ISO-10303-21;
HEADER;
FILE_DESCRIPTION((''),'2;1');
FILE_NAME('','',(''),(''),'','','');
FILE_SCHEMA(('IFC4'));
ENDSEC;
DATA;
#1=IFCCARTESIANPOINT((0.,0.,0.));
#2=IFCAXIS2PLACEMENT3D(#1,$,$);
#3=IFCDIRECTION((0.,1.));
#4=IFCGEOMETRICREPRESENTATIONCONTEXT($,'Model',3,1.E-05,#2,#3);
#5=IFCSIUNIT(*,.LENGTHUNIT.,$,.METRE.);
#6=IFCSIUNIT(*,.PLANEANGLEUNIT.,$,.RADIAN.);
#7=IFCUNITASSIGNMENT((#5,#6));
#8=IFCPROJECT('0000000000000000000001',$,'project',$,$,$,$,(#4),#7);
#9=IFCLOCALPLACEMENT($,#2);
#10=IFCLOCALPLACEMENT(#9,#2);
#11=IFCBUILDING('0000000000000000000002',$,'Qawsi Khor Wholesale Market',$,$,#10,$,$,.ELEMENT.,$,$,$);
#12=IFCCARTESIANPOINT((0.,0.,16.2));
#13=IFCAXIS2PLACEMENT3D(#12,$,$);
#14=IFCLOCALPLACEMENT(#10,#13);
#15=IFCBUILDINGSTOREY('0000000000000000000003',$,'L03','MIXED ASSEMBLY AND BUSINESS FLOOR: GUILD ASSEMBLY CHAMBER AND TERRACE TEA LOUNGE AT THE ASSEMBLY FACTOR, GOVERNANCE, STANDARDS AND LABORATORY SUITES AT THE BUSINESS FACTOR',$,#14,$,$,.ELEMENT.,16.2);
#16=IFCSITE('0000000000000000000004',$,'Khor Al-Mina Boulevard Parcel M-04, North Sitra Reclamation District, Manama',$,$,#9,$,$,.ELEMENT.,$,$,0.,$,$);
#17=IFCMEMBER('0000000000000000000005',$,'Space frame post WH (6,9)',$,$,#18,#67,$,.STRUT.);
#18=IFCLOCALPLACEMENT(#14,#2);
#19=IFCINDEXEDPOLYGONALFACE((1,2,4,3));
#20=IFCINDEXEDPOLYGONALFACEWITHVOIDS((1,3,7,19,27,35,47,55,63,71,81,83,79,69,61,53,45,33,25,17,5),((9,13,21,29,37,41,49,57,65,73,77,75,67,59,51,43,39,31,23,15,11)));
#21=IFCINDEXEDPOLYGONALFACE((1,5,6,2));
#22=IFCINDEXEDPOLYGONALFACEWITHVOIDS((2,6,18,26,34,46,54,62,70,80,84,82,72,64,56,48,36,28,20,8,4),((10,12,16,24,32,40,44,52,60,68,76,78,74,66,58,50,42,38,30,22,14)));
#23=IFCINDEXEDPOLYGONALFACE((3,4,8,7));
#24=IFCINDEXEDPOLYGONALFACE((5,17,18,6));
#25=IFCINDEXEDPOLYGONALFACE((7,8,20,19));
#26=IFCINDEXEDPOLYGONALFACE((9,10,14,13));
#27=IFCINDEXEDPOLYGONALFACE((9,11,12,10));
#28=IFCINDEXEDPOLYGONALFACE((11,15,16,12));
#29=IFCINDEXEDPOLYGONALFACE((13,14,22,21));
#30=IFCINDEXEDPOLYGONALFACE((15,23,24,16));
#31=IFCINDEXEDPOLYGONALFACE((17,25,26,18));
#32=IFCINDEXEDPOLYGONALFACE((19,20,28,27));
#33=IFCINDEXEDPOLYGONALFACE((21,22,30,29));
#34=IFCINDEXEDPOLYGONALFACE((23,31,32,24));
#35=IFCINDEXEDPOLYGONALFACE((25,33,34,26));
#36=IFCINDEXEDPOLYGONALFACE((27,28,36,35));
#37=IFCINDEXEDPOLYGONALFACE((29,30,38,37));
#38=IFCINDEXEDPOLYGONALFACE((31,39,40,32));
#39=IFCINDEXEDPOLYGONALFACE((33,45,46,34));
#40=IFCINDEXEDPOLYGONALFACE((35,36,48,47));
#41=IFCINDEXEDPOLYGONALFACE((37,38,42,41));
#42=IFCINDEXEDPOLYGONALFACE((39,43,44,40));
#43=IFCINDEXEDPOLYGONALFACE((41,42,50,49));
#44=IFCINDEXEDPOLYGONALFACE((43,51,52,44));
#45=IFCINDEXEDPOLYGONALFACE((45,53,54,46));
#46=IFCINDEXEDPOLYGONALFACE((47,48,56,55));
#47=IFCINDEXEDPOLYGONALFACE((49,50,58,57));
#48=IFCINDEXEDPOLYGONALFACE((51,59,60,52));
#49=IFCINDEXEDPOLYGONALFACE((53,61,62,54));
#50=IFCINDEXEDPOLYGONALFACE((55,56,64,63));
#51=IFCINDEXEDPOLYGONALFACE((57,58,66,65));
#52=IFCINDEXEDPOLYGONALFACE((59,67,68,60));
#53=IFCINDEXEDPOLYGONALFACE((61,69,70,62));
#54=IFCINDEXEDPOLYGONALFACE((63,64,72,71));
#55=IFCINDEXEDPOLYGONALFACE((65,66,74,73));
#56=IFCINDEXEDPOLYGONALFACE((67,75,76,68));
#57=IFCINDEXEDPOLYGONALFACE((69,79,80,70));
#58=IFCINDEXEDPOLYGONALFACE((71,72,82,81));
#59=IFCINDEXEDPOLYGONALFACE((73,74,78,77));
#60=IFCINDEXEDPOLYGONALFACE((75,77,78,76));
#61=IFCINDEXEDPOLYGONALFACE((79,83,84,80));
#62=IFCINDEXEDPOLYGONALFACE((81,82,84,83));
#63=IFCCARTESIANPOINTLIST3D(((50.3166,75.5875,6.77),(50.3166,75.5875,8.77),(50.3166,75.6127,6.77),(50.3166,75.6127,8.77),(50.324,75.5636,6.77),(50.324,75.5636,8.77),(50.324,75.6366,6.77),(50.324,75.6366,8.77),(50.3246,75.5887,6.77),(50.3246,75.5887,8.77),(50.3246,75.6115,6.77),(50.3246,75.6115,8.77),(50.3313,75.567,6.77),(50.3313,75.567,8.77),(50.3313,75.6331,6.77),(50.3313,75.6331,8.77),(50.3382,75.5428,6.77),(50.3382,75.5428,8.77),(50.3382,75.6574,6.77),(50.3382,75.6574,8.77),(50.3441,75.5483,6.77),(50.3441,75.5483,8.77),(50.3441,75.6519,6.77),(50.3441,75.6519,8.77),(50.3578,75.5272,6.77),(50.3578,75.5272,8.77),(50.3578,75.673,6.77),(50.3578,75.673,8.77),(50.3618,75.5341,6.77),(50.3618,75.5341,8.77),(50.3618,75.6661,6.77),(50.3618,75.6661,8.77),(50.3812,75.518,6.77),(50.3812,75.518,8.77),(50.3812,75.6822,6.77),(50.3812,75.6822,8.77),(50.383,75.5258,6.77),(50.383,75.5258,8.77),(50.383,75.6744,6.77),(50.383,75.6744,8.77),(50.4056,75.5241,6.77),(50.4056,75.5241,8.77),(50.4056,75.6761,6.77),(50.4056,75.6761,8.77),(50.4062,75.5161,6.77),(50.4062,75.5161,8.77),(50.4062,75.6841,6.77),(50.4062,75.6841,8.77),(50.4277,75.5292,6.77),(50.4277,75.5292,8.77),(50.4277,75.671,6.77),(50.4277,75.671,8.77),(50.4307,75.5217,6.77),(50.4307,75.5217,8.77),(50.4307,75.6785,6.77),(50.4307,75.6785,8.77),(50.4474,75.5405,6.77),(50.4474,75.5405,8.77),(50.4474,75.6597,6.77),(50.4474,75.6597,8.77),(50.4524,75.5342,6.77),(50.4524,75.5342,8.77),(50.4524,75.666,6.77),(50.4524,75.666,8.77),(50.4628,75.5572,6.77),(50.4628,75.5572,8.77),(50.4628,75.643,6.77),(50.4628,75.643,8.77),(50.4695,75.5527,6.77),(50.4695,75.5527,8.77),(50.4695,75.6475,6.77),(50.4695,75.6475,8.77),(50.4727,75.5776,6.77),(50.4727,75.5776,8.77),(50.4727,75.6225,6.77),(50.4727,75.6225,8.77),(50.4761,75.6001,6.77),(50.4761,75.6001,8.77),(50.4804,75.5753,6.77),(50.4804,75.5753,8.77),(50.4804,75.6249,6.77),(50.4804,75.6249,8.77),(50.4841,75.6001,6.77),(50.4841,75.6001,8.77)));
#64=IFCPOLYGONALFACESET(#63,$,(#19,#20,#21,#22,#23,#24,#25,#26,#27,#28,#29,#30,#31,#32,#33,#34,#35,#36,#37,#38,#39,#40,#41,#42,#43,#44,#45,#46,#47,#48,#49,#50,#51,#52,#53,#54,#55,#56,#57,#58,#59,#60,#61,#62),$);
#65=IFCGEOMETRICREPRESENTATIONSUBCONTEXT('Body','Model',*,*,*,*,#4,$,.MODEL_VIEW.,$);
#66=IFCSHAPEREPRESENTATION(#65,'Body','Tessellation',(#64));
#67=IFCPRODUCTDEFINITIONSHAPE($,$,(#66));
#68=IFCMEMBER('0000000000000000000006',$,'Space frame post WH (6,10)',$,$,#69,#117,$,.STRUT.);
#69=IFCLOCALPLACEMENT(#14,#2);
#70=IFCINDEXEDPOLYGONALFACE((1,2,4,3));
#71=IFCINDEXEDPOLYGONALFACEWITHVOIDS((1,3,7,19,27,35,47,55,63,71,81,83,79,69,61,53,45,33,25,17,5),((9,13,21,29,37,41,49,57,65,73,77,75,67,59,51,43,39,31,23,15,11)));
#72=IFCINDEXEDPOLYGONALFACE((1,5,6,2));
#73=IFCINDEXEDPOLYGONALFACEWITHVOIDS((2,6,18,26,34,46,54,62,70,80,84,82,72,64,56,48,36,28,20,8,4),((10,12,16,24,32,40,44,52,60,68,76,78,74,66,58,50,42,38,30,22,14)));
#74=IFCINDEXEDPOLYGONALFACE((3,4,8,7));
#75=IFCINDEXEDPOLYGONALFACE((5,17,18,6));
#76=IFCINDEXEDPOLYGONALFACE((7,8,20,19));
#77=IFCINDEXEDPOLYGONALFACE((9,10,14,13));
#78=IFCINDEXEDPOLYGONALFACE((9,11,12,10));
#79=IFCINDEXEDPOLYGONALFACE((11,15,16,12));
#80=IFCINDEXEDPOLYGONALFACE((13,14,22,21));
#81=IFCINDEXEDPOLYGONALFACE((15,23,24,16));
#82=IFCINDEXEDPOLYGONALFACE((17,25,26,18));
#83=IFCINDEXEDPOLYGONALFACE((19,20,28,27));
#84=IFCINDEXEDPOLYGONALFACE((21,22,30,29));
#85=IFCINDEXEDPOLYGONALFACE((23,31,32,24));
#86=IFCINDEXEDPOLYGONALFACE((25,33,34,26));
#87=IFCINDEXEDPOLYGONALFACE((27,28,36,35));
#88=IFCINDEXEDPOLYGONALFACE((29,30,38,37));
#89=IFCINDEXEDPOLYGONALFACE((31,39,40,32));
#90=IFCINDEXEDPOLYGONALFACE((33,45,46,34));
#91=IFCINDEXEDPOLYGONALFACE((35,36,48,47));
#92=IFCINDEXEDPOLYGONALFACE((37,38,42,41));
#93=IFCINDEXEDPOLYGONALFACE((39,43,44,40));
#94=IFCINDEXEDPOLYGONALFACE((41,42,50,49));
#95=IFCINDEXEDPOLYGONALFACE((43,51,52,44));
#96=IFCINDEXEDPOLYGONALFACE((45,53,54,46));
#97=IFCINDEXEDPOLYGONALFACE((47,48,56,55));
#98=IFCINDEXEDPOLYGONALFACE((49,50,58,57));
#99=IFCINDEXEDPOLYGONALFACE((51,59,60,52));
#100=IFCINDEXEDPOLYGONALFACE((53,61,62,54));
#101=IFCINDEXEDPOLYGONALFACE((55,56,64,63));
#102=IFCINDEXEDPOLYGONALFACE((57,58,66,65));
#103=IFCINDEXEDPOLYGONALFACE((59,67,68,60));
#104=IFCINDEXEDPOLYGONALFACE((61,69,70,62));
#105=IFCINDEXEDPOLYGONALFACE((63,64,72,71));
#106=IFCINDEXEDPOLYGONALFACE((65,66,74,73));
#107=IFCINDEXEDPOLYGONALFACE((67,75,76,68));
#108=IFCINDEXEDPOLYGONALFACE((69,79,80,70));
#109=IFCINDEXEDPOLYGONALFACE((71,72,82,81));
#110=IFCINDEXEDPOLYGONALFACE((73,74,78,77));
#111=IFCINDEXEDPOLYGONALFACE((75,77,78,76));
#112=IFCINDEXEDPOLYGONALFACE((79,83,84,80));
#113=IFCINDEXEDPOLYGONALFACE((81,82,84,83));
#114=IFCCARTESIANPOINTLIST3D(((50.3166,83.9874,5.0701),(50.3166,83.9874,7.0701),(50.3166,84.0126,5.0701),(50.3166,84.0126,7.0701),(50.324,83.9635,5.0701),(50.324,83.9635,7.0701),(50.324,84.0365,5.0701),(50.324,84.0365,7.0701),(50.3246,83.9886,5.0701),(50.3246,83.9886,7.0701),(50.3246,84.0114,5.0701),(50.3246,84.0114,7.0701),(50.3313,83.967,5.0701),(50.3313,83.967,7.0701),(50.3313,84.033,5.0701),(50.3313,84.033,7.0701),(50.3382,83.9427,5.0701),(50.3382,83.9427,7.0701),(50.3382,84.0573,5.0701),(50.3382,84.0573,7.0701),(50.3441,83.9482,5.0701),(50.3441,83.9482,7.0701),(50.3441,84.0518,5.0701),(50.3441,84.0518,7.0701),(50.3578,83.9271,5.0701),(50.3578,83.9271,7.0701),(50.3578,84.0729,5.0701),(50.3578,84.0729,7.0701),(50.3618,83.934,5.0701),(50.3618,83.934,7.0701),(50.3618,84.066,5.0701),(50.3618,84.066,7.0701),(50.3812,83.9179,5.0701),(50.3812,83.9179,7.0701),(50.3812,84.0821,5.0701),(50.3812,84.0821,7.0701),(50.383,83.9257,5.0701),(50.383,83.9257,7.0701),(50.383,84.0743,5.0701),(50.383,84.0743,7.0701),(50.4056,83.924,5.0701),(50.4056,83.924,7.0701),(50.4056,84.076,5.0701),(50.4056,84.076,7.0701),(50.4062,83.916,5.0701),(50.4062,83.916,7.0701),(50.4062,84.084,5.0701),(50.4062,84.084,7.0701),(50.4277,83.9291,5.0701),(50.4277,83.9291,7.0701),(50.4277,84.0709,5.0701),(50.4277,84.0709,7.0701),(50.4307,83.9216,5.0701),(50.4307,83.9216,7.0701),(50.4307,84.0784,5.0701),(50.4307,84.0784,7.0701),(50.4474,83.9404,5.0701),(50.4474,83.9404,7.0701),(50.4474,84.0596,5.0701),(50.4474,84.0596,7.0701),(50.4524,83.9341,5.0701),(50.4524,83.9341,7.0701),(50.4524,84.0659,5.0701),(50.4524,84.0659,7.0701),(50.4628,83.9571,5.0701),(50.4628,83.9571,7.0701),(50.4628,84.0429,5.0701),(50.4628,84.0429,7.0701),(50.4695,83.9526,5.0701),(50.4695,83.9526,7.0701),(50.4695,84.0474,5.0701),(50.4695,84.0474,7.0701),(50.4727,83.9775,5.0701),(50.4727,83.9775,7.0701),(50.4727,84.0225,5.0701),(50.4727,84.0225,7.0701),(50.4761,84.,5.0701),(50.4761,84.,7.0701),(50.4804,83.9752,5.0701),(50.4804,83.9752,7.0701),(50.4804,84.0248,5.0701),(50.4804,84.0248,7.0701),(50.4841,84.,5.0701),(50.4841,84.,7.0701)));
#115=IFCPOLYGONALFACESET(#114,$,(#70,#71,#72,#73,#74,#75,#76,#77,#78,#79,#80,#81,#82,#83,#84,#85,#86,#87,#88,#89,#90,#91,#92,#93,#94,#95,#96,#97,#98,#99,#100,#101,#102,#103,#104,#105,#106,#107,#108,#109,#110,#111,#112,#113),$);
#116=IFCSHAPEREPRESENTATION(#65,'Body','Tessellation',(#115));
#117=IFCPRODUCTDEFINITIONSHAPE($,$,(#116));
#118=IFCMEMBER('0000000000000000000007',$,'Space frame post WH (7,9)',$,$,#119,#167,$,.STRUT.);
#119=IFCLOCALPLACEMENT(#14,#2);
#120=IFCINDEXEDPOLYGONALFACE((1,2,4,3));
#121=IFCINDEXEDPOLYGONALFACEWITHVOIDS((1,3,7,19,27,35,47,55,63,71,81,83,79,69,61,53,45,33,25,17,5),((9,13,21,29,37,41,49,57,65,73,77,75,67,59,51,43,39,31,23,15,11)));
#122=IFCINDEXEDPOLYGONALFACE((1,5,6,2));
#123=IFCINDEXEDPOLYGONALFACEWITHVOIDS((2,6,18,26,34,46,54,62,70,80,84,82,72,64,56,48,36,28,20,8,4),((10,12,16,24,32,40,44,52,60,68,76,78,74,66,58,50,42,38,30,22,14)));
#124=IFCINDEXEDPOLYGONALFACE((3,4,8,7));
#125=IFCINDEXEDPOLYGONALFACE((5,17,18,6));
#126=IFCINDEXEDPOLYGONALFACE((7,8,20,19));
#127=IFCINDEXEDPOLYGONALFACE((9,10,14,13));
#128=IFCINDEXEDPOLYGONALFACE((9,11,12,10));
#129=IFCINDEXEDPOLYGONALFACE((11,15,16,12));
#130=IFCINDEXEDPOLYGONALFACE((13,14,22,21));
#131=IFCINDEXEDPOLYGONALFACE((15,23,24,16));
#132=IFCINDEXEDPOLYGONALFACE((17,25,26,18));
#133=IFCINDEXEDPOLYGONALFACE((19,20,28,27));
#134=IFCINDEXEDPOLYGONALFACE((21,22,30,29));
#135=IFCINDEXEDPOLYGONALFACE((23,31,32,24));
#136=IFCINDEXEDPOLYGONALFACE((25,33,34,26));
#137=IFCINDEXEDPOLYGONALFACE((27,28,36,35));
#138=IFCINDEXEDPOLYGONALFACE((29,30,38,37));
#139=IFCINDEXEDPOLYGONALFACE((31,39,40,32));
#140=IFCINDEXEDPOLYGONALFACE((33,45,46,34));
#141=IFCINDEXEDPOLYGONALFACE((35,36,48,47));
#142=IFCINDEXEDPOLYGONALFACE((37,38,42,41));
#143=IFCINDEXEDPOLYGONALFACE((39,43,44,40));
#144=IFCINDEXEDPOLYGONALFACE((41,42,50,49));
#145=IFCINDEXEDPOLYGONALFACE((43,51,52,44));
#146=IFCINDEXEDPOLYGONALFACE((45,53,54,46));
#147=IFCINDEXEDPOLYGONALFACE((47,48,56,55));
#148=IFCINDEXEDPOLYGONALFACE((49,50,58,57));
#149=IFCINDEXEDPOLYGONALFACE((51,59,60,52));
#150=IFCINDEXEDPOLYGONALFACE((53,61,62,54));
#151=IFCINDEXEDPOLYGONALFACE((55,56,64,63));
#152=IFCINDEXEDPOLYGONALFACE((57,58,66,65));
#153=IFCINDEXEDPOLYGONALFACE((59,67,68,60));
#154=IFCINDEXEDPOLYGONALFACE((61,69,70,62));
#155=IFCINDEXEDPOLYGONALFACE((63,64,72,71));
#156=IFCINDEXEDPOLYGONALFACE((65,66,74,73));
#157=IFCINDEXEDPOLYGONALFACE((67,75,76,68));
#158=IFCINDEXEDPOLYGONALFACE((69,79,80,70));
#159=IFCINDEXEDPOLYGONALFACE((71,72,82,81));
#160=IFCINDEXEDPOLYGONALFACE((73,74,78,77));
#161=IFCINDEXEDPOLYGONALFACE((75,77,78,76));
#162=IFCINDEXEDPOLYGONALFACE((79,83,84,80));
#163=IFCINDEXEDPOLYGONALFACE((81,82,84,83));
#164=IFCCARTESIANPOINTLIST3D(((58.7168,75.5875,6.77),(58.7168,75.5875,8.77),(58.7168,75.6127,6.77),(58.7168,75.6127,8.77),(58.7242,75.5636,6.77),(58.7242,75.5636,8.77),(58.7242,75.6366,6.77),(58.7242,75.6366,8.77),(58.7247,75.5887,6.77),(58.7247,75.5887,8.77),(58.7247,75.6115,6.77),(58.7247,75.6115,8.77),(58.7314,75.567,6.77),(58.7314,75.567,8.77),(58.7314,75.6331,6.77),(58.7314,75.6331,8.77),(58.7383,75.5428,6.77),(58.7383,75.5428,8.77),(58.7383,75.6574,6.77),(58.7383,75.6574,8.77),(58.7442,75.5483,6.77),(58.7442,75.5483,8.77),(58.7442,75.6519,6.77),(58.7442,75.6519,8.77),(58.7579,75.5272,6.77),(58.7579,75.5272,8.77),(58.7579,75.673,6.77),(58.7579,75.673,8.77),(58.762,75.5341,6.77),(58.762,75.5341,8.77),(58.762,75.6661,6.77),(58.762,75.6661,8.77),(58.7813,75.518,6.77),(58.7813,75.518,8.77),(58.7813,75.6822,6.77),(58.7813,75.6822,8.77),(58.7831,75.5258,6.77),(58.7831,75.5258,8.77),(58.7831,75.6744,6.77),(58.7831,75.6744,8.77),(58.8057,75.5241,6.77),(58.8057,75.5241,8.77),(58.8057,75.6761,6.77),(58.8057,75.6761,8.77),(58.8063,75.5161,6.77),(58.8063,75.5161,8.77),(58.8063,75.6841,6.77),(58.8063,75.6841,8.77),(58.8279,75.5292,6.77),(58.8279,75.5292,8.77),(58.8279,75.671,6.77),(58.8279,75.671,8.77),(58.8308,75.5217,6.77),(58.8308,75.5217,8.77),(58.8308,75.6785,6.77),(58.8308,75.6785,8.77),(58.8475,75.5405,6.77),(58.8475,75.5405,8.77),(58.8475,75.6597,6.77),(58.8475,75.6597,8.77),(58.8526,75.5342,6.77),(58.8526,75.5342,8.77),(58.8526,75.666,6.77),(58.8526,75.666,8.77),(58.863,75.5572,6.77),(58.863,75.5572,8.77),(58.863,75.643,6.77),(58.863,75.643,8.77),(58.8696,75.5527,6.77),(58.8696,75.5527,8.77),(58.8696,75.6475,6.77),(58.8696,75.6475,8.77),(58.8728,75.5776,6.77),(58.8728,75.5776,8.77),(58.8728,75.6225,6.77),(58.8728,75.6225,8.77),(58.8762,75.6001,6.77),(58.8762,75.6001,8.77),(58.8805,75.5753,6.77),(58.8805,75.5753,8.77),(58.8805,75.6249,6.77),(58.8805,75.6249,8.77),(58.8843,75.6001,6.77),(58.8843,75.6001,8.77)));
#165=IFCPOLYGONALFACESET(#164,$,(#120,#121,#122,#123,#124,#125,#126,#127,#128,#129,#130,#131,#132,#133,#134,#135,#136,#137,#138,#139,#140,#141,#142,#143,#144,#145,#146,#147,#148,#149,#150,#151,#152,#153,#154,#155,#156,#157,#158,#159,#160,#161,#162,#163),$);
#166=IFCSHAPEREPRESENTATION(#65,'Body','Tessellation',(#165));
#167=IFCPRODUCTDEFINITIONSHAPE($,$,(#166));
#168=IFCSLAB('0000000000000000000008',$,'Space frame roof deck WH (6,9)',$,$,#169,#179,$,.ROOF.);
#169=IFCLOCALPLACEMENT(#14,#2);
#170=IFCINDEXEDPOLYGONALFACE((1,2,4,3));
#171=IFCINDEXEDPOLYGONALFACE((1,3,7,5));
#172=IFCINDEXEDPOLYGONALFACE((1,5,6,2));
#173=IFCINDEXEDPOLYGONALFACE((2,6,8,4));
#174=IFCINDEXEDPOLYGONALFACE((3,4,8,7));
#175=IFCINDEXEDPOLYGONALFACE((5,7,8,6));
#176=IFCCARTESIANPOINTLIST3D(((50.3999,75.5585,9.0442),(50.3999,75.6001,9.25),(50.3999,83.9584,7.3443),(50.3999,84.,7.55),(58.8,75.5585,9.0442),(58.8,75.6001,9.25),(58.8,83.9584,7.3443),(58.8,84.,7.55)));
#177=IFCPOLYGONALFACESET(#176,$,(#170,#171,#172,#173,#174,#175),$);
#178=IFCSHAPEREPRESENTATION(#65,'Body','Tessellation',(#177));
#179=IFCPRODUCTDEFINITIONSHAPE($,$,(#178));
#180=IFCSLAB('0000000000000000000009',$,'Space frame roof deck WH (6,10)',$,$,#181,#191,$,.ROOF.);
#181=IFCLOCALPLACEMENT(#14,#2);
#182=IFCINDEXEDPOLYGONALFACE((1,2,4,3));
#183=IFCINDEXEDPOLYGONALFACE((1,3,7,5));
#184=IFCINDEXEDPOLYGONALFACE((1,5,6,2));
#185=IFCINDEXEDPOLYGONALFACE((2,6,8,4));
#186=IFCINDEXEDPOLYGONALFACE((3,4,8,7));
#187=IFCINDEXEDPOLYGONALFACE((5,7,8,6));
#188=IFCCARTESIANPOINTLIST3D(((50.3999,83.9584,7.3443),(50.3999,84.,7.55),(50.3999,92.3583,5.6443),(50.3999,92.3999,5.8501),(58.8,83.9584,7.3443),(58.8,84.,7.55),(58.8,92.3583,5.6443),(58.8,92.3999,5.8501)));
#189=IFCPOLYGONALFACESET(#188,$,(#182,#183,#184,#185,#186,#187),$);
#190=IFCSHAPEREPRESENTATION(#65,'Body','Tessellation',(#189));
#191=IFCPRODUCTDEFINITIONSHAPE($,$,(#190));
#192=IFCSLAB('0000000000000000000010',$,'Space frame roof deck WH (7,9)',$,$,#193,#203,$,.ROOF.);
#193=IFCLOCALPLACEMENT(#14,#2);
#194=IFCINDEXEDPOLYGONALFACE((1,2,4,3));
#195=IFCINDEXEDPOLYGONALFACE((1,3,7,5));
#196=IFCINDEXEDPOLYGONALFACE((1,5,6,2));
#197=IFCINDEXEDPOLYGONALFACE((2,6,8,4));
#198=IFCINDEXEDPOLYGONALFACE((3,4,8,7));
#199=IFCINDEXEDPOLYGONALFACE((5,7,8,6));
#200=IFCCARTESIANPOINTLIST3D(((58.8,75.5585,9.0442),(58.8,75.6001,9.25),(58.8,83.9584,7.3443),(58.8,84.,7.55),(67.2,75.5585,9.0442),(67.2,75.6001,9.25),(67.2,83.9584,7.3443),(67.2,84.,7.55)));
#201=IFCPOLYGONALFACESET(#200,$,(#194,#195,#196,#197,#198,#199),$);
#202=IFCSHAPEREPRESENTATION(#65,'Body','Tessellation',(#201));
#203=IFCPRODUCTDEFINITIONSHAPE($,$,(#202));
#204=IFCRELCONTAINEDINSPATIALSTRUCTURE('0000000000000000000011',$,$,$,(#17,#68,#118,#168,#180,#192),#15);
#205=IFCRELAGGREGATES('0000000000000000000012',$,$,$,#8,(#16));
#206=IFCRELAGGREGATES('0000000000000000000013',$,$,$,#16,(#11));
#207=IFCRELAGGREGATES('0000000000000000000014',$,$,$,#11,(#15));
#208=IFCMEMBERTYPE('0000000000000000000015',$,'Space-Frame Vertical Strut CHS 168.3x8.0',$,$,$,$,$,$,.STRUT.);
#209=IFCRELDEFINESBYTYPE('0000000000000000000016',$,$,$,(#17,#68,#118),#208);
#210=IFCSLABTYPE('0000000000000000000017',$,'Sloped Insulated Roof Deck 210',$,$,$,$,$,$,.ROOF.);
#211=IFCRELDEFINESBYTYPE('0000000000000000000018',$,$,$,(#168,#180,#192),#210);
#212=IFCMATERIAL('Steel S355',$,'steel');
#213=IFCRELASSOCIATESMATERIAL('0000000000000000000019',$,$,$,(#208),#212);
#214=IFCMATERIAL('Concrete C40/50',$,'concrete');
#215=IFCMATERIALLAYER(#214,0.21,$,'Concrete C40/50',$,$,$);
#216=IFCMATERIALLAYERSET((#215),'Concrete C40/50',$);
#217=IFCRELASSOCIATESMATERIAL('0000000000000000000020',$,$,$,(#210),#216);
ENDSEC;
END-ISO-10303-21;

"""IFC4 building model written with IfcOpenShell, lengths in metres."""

from ifc_helpers import new_model, si_unit, direction, frame, origin, origin_2d, place, context, subcontext, project, spatial, polyline, hollow_circle, outline, extrude, material, layer, layer_set, material_profile, profile_set, type_object, element, save


model = new_model("IFC4")

# Units and contexts
model_context = context("Model", 3, precision=1e-05, world=origin(), true_north=direction((0.0, 1.0)))
body_context = subcontext(model_context, "Body", "Model", "MODEL_VIEW")
ifc_project = project(units=[si_unit("LENGTHUNIT", "METRE"), si_unit("PLANEANGLEUNIT", "RADIAN")], contexts=[model_context])

# Site, building, storey
site_placement = place(None, origin())
site = spatial("IfcSite", under=ifc_project, at=site_placement, Name="Khor Al-Mina Boulevard Parcel M-04, North Sitra Reclamation District, Manama", CompositionType="ELEMENT", RefElevation=0.0)
building_placement = place(site_placement, origin())
building = spatial("IfcBuilding", under=site, at=building_placement, Name="Qawsi Khor Wholesale Market", CompositionType="ELEMENT")
storey_placement = place(building_placement, frame((0.0, 0.0, 16.2)))
storey = spatial("IfcBuildingStorey", under=building, at=storey_placement, Name="L03", Description="MIXED ASSEMBLY AND BUSINESS FLOOR: GUILD ASSEMBLY CHAMBER AND TERRACE TEA LOUNGE AT THE ASSEMBLY FACTOR, GOVERNANCE, STANDARDS AND LABORATORY SUITES AT THE BUSINESS FACTOR", CompositionType="ELEMENT", Elevation=16.2)

# Members
ifc_material_1 = material(Name="Steel S355", Category="steel")
ifc_material_profile_1 = material_profile(ifc_material_1, hollow_circle(Radius=0.0842, WallThickness=0.0081, at=origin_2d()), Name="CHS 168.3x8.0")
ifc_profile_set_1 = profile_set([ifc_material_profile_1], Name="Steel S355")
member_type_1 = type_object("IfcMemberType", Name="Space-Frame Vertical Strut CHS 168.3x8.0", PredefinedType="STRUT", material=ifc_profile_set_1)
for number, where, z_axis, x_axis, name in (
    (1, (50.3999, 75.6001, 6.77), (0.0, 0.0, 1.0), (1.0, 0.0, 0.0), "Space frame post WH (6,9)"),
    (2, (50.3999, 84.0, 5.0701), (0.0, 0.0, 1.0), (1.0, 0.0, 0.0), "Space frame post WH (6,10)"),
    (3, (58.8, 75.6001, 6.77), (0.0, 0.0, 1.0), (1.0, 0.0, 0.0), "Space frame post WH (7,9)"),
):
    element("IfcMember", number, at=place(storey_placement, frame(where, z_axis=z_axis, x_axis=x_axis)), inside=storey, type_object=member_type_1, Name=name, PredefinedType="STRUT", context=body_context, shape_type="SweptSolid", body=[
        extrude(hollow_circle(Radius=0.0842, WallThickness=0.0081, at=origin_2d()), origin(), (0.0, 0.0, 1.0), 2.0),
    ])

# Slabs
ifc_material_2 = material(Name="Concrete C40/50", Category="concrete")
ifc_layer = layer(ifc_material_2, 0.21, Name="Concrete C40/50")
ifc_layer_set = layer_set([ifc_layer], Name="Concrete C40/50")
slab_type = type_object("IfcSlabType", Name="Sloped Insulated Roof Deck 210", PredefinedType="ROOF", material=ifc_layer_set)
for number, where, z_axis, x_axis, name in (
    (4, (50.3999, 75.6001, 9.25), (0.0, 0.198356, 0.98013), (1.0, 0.0, 0.0), "Space frame roof deck WH (6,9)"),
    (5, (50.3999, 84.0, 7.55), (0.0, 0.198356, 0.98013), (1.0, 0.0, 0.0), "Space frame roof deck WH (6,10)"),
):
    element("IfcSlab", number, at=place(storey_placement, frame(where, z_axis=z_axis, x_axis=x_axis)), inside=storey, type_object=slab_type, Name=name, PredefinedType="ROOF", context=body_context, shape_type="SweptSolid", body=[
        extrude(outline(polyline([(0.0, 0.0), (8.4001, 0.0), (8.4001, 8.5702), (0.0, 8.5702), (0.0, 0.0)])), origin(), (0.0, 0.0, -1.0), 0.21),
    ])
slab_placement = place(storey_placement, frame((58.8, 75.6001, 9.25), z_axis=(0.0, 0.198356, 0.98013), x_axis=(1.0, 0.0, 0.0)))
element("IfcSlab", 6, at=slab_placement, inside=storey, type_object=slab_type, Name="Space frame roof deck WH (7,9)", PredefinedType="ROOF", context=body_context, shape_type="SweptSolid", body=[
    extrude(outline(polyline([(0.0, 0.0), (8.3999, 0.0), (8.3999, 8.5702), (0.0, 8.5702), (0.0, 0.0)])), origin(), (0.0, 0.0, -1.0), 0.21),
])

save(model, "model.ifc")
